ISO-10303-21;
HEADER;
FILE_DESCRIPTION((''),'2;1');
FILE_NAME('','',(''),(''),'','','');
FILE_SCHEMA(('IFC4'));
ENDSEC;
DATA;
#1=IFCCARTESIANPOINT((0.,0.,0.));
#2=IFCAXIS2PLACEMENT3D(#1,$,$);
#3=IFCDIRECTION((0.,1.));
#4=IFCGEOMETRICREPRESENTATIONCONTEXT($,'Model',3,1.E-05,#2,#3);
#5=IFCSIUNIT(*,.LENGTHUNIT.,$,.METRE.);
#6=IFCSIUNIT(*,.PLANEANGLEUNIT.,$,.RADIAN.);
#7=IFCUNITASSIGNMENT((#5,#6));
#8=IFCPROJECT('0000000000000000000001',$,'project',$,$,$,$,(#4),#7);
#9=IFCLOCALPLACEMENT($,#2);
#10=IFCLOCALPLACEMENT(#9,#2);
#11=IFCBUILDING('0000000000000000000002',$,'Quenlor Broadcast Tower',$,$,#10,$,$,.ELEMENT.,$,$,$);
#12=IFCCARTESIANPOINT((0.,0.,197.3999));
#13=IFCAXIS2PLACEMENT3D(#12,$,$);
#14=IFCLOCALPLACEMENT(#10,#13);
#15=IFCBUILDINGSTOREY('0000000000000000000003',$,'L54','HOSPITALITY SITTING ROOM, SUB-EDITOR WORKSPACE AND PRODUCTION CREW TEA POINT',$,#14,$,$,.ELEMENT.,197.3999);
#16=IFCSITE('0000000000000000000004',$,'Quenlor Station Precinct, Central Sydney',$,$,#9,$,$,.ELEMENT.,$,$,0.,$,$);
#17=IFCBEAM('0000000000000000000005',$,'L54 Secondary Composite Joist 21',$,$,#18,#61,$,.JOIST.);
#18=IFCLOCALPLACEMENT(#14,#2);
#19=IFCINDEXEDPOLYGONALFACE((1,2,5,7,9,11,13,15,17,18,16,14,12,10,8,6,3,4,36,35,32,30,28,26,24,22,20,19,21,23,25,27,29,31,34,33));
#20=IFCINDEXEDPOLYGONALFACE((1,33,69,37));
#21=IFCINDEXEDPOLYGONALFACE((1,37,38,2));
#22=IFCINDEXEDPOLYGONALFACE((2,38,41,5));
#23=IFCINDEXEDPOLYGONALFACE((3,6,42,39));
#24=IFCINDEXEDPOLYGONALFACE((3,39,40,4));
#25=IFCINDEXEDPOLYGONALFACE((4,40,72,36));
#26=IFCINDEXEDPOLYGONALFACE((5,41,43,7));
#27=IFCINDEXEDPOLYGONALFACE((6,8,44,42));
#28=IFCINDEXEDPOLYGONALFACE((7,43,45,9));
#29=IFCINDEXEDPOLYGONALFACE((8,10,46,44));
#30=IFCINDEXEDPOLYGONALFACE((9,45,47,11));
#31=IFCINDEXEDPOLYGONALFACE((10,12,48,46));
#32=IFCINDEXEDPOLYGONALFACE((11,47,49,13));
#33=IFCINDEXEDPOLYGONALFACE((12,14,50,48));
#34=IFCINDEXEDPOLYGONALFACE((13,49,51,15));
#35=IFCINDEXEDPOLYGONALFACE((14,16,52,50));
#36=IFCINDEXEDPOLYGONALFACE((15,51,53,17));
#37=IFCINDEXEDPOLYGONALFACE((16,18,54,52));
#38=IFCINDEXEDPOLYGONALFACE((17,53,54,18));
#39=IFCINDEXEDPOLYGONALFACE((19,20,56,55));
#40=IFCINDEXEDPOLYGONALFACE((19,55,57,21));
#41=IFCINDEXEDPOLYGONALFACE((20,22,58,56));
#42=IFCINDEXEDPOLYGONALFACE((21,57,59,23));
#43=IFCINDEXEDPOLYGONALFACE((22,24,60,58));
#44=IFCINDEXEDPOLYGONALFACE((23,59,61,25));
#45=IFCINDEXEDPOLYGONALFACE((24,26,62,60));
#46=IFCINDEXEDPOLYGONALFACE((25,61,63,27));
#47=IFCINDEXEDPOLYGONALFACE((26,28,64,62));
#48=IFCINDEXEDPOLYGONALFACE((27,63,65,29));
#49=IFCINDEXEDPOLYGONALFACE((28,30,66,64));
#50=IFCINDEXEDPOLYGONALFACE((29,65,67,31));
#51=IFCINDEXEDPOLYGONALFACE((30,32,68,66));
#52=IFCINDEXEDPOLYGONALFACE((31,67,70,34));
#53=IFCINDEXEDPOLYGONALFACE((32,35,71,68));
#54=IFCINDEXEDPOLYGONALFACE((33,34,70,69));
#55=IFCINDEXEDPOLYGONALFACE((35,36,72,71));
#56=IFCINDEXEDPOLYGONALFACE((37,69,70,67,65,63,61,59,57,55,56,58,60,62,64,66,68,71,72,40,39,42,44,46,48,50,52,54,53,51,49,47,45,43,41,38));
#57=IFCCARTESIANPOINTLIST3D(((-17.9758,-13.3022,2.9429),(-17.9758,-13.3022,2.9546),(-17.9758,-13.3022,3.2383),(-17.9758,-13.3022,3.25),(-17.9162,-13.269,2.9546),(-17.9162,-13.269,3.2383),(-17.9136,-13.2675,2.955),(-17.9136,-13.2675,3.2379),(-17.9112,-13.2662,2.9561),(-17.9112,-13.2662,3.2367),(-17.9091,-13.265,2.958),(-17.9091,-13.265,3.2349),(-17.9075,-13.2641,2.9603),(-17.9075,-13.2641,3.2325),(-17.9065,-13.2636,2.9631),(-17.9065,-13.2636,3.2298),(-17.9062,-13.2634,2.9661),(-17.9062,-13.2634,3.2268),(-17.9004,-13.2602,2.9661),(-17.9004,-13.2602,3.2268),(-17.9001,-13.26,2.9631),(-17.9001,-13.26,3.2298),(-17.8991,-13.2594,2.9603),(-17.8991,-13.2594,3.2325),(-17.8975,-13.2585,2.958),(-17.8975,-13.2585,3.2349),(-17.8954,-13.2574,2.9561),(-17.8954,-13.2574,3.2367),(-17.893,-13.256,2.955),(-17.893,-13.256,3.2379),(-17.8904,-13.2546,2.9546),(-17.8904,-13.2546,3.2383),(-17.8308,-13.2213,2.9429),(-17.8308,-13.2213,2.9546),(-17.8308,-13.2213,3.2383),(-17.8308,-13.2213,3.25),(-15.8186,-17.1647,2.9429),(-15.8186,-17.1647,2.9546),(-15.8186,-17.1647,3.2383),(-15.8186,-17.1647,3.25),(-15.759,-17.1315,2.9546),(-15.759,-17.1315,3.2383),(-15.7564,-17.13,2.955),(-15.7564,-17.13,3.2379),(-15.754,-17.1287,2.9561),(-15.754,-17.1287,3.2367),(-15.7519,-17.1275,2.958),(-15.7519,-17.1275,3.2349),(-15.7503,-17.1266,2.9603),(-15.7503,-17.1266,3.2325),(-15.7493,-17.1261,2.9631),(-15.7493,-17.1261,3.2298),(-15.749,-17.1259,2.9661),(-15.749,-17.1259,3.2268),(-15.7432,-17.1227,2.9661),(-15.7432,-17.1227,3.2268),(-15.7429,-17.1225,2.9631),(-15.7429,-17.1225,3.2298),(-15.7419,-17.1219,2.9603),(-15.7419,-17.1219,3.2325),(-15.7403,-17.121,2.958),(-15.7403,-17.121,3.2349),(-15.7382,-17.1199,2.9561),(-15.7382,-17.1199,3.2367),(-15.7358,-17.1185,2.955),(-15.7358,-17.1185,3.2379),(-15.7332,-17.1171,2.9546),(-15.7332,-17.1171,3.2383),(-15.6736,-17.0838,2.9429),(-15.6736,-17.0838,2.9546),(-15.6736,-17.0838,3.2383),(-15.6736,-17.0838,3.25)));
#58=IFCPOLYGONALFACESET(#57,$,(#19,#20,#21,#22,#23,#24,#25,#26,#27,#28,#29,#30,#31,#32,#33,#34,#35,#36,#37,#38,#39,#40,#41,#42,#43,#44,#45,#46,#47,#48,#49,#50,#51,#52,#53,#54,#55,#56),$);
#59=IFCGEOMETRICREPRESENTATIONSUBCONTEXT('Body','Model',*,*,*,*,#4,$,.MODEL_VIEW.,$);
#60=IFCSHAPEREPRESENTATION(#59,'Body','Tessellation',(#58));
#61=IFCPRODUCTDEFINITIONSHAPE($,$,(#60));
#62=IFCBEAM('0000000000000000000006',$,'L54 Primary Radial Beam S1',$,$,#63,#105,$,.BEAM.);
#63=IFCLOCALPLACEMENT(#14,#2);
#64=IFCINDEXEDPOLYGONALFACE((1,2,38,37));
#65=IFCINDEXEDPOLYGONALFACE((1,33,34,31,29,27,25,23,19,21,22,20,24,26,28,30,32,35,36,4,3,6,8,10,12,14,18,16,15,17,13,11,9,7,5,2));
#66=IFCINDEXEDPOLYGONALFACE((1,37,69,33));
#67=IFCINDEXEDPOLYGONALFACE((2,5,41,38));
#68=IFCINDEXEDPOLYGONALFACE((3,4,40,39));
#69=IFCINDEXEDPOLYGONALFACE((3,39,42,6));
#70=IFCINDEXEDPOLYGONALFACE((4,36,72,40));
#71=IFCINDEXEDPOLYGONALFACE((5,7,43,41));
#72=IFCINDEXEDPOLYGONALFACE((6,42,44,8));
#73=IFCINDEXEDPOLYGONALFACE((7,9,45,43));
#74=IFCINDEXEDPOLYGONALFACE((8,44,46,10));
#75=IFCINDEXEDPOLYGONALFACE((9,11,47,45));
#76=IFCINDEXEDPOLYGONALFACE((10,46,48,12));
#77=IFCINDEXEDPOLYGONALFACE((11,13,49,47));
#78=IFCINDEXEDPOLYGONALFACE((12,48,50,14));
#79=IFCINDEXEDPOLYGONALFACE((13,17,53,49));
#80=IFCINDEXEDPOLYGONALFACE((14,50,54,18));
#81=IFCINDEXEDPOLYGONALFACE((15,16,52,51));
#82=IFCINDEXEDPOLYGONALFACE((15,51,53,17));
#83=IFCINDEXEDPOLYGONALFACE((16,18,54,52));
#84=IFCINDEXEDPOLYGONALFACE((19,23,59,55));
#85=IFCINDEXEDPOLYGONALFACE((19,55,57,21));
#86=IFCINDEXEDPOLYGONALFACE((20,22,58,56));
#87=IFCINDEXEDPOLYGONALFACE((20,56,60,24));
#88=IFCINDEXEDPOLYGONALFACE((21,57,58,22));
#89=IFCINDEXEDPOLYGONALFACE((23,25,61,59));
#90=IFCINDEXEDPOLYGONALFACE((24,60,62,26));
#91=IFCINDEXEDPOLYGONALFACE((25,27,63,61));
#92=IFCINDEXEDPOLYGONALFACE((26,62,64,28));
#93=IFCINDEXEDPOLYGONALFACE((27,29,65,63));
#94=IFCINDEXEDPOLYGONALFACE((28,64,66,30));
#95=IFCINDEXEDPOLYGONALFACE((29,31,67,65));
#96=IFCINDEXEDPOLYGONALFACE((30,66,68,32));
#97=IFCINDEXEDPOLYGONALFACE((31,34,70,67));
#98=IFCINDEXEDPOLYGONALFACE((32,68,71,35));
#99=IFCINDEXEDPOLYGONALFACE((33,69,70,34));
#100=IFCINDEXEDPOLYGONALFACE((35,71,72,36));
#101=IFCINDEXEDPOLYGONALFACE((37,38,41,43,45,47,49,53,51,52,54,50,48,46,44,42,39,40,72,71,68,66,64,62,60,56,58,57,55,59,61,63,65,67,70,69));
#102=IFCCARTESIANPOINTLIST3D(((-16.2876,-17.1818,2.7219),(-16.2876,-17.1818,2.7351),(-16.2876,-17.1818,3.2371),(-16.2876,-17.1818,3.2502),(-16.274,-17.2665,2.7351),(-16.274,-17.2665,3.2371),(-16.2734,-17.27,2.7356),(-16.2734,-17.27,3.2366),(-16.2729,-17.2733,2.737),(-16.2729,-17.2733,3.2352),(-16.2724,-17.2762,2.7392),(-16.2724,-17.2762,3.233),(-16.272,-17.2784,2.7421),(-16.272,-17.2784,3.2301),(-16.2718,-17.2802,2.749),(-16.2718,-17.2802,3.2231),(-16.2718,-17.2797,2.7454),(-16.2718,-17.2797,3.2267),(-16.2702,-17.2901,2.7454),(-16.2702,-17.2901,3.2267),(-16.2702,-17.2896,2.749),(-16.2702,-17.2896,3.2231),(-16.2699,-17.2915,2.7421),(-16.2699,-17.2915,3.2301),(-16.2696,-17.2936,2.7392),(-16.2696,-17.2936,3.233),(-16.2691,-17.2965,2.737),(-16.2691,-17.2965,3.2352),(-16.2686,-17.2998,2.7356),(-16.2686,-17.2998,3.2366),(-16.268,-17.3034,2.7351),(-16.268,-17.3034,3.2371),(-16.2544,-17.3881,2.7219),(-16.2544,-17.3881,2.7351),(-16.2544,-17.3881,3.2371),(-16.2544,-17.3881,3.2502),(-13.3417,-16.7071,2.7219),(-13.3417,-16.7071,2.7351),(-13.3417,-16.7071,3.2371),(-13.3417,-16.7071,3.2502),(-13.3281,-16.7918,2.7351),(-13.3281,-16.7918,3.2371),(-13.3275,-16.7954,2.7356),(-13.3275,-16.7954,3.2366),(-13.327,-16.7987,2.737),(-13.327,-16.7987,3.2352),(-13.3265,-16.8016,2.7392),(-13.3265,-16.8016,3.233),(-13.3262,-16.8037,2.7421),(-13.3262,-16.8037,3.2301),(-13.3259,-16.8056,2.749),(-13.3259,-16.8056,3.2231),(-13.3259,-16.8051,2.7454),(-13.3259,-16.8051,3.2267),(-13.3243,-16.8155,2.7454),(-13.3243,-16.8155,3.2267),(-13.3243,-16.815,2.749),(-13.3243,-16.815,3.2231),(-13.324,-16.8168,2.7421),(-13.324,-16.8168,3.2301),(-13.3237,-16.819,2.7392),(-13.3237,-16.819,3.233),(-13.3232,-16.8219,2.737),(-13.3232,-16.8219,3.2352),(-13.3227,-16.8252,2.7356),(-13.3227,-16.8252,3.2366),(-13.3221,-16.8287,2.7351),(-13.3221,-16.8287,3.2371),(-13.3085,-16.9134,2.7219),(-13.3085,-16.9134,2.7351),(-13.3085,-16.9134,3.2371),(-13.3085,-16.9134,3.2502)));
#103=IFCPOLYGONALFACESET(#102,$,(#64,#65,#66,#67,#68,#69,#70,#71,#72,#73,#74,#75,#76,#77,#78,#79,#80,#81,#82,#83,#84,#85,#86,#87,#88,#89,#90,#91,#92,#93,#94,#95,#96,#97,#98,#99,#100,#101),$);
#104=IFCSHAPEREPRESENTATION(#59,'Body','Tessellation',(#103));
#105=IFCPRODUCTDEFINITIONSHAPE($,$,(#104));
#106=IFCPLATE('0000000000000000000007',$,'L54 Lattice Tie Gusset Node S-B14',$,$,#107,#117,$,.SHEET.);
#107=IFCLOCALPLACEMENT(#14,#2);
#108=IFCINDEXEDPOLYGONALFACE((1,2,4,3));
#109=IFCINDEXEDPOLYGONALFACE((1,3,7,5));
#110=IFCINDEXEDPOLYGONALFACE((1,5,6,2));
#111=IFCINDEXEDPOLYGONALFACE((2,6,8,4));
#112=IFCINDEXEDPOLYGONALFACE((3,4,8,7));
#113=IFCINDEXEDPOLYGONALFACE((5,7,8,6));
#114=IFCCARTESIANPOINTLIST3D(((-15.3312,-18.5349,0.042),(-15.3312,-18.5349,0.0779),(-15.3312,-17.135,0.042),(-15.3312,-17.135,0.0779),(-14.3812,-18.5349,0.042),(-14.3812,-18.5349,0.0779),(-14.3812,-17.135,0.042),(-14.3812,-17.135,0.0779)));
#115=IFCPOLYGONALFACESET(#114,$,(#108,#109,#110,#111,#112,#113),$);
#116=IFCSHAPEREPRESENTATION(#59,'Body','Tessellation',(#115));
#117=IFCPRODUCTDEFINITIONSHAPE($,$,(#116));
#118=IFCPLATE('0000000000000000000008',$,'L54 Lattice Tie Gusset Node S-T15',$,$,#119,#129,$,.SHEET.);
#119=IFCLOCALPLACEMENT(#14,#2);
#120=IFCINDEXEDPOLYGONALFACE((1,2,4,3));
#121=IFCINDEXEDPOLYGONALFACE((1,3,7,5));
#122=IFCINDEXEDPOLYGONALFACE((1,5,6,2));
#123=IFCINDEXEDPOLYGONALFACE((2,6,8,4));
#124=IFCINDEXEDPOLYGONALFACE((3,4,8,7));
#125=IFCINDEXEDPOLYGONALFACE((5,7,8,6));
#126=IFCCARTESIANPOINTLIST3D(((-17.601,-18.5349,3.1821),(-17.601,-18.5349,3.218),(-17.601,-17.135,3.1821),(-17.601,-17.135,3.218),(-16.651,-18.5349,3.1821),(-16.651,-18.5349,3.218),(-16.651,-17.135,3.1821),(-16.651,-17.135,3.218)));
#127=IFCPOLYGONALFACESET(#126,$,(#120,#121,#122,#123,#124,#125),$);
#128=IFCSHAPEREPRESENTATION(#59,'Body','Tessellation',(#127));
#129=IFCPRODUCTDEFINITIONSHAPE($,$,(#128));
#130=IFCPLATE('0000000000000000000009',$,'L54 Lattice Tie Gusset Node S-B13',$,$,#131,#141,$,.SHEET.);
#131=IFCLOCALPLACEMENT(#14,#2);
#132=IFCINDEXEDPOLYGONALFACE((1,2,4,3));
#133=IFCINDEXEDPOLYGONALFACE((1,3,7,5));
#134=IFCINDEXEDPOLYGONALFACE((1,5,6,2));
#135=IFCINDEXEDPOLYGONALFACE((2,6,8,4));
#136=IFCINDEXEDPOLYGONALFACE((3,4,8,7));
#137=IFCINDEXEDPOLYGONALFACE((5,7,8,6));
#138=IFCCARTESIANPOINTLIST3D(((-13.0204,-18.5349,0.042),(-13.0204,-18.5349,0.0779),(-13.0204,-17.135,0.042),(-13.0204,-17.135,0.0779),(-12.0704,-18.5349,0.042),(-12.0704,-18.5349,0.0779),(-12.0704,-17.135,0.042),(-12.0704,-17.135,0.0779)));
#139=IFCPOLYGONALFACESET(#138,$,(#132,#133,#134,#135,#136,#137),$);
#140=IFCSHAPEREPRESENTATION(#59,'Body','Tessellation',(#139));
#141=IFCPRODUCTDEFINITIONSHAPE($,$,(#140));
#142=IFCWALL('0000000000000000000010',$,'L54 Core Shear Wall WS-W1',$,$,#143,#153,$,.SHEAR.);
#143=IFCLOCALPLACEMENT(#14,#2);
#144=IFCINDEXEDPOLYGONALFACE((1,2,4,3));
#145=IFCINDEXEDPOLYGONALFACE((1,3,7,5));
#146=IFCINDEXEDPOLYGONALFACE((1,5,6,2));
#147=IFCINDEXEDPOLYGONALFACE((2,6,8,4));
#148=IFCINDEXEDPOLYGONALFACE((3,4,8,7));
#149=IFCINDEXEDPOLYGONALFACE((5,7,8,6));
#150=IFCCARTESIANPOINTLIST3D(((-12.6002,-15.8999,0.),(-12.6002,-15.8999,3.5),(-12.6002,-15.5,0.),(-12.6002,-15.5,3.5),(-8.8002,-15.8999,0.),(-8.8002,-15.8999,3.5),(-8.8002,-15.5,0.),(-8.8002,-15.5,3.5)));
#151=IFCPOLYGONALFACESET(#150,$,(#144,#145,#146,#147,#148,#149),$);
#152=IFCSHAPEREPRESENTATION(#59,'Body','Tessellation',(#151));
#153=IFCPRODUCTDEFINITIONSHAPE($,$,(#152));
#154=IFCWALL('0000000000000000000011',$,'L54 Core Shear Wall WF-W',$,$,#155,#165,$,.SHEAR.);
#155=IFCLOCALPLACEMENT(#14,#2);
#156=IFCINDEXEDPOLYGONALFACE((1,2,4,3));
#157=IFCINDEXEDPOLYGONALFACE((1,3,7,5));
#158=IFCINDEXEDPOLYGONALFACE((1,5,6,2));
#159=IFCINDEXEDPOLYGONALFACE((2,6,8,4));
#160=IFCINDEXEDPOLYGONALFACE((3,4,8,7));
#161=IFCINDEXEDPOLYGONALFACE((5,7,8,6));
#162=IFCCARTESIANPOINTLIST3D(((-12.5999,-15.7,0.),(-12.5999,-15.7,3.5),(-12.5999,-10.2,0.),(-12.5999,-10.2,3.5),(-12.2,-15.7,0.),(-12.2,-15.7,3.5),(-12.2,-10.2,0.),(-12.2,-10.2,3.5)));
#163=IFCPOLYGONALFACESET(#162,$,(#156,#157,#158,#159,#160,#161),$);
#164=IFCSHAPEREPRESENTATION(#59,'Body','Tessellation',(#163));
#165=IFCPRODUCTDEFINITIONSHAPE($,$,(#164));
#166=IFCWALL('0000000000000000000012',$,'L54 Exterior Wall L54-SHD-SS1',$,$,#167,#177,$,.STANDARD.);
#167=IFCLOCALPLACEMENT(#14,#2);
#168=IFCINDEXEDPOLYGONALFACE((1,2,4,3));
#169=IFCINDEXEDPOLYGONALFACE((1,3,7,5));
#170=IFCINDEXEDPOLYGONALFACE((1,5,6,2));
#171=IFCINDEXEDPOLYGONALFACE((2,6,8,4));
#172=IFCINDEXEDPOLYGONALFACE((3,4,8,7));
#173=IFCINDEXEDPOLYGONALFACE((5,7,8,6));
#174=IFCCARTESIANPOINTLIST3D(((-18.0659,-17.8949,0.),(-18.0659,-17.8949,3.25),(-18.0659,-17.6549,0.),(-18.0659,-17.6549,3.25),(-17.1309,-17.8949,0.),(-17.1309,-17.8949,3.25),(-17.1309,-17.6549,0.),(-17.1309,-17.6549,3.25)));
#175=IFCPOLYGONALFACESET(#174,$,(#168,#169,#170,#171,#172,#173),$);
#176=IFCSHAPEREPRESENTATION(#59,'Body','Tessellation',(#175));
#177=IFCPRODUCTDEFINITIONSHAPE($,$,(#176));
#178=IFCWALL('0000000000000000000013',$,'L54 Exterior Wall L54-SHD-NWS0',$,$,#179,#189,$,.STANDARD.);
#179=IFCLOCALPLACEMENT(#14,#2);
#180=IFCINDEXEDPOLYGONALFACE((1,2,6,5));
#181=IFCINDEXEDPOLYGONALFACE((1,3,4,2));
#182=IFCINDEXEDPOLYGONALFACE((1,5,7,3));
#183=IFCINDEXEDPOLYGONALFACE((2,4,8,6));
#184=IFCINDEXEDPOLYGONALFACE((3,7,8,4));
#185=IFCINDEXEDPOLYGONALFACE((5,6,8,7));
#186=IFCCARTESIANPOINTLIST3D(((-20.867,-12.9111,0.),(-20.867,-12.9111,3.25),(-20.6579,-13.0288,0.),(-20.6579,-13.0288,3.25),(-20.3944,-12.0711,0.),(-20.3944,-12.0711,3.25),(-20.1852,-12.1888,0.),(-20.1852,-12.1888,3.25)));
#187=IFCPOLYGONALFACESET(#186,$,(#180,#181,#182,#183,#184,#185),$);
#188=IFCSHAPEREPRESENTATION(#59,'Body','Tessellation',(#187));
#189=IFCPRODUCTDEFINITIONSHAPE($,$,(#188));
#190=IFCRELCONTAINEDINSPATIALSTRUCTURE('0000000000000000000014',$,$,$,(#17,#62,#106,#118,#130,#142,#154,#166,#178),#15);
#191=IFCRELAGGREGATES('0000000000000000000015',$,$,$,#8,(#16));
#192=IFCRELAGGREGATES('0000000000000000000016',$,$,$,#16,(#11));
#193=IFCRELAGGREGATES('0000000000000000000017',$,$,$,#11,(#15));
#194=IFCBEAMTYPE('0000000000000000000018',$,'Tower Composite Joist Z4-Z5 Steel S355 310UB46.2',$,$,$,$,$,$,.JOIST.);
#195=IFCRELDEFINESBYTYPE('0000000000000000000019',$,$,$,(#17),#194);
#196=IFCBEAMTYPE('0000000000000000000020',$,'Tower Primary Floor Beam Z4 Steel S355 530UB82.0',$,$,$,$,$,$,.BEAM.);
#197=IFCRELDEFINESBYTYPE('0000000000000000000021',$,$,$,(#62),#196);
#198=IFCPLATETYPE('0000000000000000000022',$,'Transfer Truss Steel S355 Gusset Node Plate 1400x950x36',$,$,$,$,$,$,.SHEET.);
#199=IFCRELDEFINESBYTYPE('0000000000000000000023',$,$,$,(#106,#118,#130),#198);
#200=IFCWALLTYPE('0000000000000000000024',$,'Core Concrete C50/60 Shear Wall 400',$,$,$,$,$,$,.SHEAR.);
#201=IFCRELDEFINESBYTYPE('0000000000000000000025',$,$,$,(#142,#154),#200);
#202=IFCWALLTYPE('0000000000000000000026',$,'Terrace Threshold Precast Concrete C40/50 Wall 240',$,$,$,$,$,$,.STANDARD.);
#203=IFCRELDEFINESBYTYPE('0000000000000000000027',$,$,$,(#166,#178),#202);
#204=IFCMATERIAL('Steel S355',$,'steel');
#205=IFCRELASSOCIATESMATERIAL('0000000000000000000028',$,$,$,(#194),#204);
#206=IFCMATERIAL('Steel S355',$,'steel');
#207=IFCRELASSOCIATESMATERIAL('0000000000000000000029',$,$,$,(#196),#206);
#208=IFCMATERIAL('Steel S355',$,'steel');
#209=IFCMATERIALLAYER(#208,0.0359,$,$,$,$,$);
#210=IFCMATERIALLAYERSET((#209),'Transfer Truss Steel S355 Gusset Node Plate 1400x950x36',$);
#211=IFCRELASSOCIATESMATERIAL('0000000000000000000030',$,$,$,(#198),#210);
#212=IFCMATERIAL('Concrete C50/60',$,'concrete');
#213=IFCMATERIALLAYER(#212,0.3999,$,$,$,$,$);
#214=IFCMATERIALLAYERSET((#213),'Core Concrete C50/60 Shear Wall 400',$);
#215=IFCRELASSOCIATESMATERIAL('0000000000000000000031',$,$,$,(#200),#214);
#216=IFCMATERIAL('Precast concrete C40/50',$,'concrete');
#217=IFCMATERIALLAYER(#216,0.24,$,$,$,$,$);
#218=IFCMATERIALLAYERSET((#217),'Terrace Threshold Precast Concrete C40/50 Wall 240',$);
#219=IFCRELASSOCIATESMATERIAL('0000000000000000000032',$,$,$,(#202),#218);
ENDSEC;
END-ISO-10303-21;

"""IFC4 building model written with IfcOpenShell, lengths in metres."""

from ifc_helpers import new_model, si_unit, direction, frame, frame_2d, origin, origin_2d, place, context, subcontext, project, spatial, rectangle, i_section, extrude, material, layer, layer_set, material_profile, profile_set, type_object, element, save


model = new_model("IFC4")

# Units and contexts
model_context = context("Model", 3, precision=1e-05, world=origin(), true_north=direction((0.0, 1.0)))
body_context = subcontext(model_context, "Body", "Model", "MODEL_VIEW")
ifc_project = project(units=[si_unit("LENGTHUNIT", "METRE"), si_unit("PLANEANGLEUNIT", "RADIAN")], contexts=[model_context])

# Site, building, storey
site_placement = place(None, origin())
site = spatial("IfcSite", under=ifc_project, at=site_placement, Name="Quenlor Station Precinct, Central Sydney", CompositionType="ELEMENT", RefElevation=0.0)
building_placement = place(site_placement, origin())
building = spatial("IfcBuilding", under=site, at=building_placement, Name="Quenlor Broadcast Tower", CompositionType="ELEMENT")
storey_placement = place(building_placement, frame((0.0, 0.0, 197.3999)))
storey = spatial("IfcBuildingStorey", under=building, at=storey_placement, Name="L54", Description="HOSPITALITY SITTING ROOM, SUB-EDITOR WORKSPACE AND PRODUCTION CREW TEA POINT", CompositionType="ELEMENT", Elevation=197.3999)

# Beams
ifc_material_1 = material(Name="Steel S355", Category="steel")
ifc_material_profile_1 = material_profile(ifc_material_1, i_section(OverallWidth=0.166, OverallDepth=0.3071, WebThickness=0.0066, FlangeThickness=0.0117, FilletRadius=0.0115, at=origin_2d()))
ifc_profile_set_1 = profile_set([ifc_material_profile_1], Name="Steel S355 310UB46.2")
beam_type_1 = type_object("IfcBeamType", Name="Tower Composite Joist Z4-Z5 Steel S355 310UB46.2", PredefinedType="JOIST", material=ifc_profile_set_1)
beam_1_placement = place(storey_placement, frame((-15.7461, -17.1243, 3.0964), z_axis=(-0.487605, 0.873064, 0.0), x_axis=(-0.873064, -0.487605, 0.0)))
element("IfcBeam", 1, at=beam_1_placement, inside=storey, type_object=beam_type_1, Name="L54 Secondary Composite Joist 21", PredefinedType="JOIST", context=body_context, shape_type="SweptSolid", body=[
    extrude(i_section(OverallWidth=0.166, OverallDepth=0.3071, WebThickness=0.0066, FlangeThickness=0.0117, FilletRadius=0.0115, at=origin_2d()), origin(), (0.0, 0.0, 1.0), 4.4241),
])
ifc_material_2 = material(Name="Steel S355", Category="steel")
ifc_material_profile_2 = material_profile(ifc_material_2, i_section(OverallWidth=0.209, OverallDepth=0.5283, WebThickness=0.0095, FlangeThickness=0.0132, FilletRadius=0.0139, at=origin_2d()))
ifc_profile_set_2 = profile_set([ifc_material_profile_2], Name="Steel S355 530UB82.0")
beam_type_2 = type_object("IfcBeamType", Name="Tower Primary Floor Beam Z4 Steel S355 530UB82.0", PredefinedType="BEAM", material=ifc_profile_set_2)
beam_2_placement = place(storey_placement, frame((-16.271, -17.2849, 2.9861), z_axis=(0.987268, 0.159063, 0.0), x_axis=(-0.159063, 0.987268, 0.0)))
element("IfcBeam", 2, at=beam_2_placement, inside=storey, type_object=beam_type_2, Name="L54 Primary Radial Beam S1", PredefinedType="BEAM", context=body_context, shape_type="SweptSolid", body=[
    extrude(i_section(OverallWidth=0.209, OverallDepth=0.5283, WebThickness=0.0095, FlangeThickness=0.0132, FilletRadius=0.0139, at=origin_2d()), origin(), (0.0, 0.0, 1.0), 2.9839),
])

# Plates
ifc_material_3 = material(Name="Steel S355", Category="steel")
ifc_layer_1 = layer(ifc_material_3, 0.0359)
ifc_layer_set_1 = layer_set([ifc_layer_1], Name="Transfer Truss Steel S355 Gusset Node Plate 1400x950x36")
plate_type = type_object("IfcPlateType", Name="Transfer Truss Steel S355 Gusset Node Plate 1400x950x36", PredefinedType="SHEET", material=ifc_layer_set_1)
for number, where, z_axis, x_axis, name in (
    (3, (-14.8562, -17.835, 0.042), (0.0, 0.0, 1.0), (0.0, -1.0, 0.0), "L54 Lattice Tie Gusset Node S-B14"),
    (4, (-17.126, -17.835, 3.1821), (0.0, 0.0, 1.0), (0.0, -1.0, 0.0), "L54 Lattice Tie Gusset Node S-T15"),
    (5, (-12.5454, -17.835, 0.042), (0.0, 0.0, 1.0), (0.0, -1.0, 0.0), "L54 Lattice Tie Gusset Node S-B13"),
):
    element("IfcPlate", number, at=place(storey_placement, frame(where, z_axis=z_axis, x_axis=x_axis)), inside=storey, type_object=plate_type, Name=name, PredefinedType="SHEET", context=body_context, shape_type="SweptSolid", body=[
        extrude(rectangle(XDim=1.3999, YDim=0.95, at=origin_2d()), origin(), (0.0, 0.0, 1.0), 0.0359),
    ])

# Walls
ifc_material_4 = material(Name="Concrete C50/60", Category="concrete")
ifc_layer_2 = layer(ifc_material_4, 0.3999)
ifc_layer_set_2 = layer_set([ifc_layer_2], Name="Core Concrete C50/60 Shear Wall 400")
wall_type_1 = type_object("IfcWallType", Name="Core Concrete C50/60 Shear Wall 400", PredefinedType="SHEAR", material=ifc_layer_set_2)
wall_1_placement = place(storey_placement, frame((-12.6001, -15.7, 0.0), z_axis=(0.0, 0.0, 1.0), x_axis=(1.0, 0.0, 0.0)))
element("IfcWall", 6, at=wall_1_placement, inside=storey, type_object=wall_type_1, Name="L54 Core Shear Wall WS-W1", PredefinedType="SHEAR", context=body_context, shape_type="SweptSolid", body=[
    extrude(rectangle(XDim=3.8, YDim=0.3999, at=frame_2d((1.8999, 0.0))), origin(), (0.0, 0.0, 1.0), 3.5),
])
wall_2_placement = place(storey_placement, frame((-12.3999, -15.7, 0.0), z_axis=(0.0, 0.0, 1.0), x_axis=(0.0, 1.0, 0.0)))
element("IfcWall", 7, at=wall_2_placement, inside=storey, type_object=wall_type_1, Name="L54 Core Shear Wall WF-W", PredefinedType="SHEAR", context=body_context, shape_type="SweptSolid", body=[
    extrude(rectangle(XDim=5.5, YDim=0.3999, at=frame_2d((2.75, 0.0))), origin(), (0.0, 0.0, 1.0), 3.5),
])
ifc_material_5 = material(Name="Precast concrete C40/50", Category="concrete")
ifc_layer_3 = layer(ifc_material_5, 0.24)
ifc_layer_set_3 = layer_set([ifc_layer_3], Name="Terrace Threshold Precast Concrete C40/50 Wall 240")
wall_type_2 = type_object("IfcWallType", Name="Terrace Threshold Precast Concrete C40/50 Wall 240", PredefinedType="STANDARD", material=ifc_layer_set_3)
wall_3_placement = place(storey_placement, frame((-17.1309, -17.7749, 0.0), z_axis=(0.0, 0.0, 1.0), x_axis=(-1.0, 0.0, 0.0)))
element("IfcWall", 8, at=wall_3_placement, inside=storey, type_object=wall_type_2, Name="L54 Exterior Wall L54-SHD-SS1", PredefinedType="STANDARD", context=body_context, shape_type="SweptSolid", body=[
    extrude(rectangle(XDim=0.9351, YDim=0.24, at=frame_2d((0.4675, 0.0))), origin(), (0.0, 0.0, 1.0), 3.25),
])
wall_4_placement = place(storey_placement, frame((-20.7625, -12.97, 0.0), z_axis=(0.0, 0.0, 1.0), x_axis=(0.490345, 0.871528, 0.0)))
element("IfcWall", 9, at=wall_4_placement, inside=storey, type_object=wall_type_2, Name="L54 Exterior Wall L54-SHD-NWS0", PredefinedType="STANDARD", context=body_context, shape_type="SweptSolid", body=[
    extrude(rectangle(XDim=0.9639, YDim=0.24, at=frame_2d((0.4819, 0.0))), origin(), (0.0, 0.0, 1.0), 3.25),
])

save(model, "model.ifc")
